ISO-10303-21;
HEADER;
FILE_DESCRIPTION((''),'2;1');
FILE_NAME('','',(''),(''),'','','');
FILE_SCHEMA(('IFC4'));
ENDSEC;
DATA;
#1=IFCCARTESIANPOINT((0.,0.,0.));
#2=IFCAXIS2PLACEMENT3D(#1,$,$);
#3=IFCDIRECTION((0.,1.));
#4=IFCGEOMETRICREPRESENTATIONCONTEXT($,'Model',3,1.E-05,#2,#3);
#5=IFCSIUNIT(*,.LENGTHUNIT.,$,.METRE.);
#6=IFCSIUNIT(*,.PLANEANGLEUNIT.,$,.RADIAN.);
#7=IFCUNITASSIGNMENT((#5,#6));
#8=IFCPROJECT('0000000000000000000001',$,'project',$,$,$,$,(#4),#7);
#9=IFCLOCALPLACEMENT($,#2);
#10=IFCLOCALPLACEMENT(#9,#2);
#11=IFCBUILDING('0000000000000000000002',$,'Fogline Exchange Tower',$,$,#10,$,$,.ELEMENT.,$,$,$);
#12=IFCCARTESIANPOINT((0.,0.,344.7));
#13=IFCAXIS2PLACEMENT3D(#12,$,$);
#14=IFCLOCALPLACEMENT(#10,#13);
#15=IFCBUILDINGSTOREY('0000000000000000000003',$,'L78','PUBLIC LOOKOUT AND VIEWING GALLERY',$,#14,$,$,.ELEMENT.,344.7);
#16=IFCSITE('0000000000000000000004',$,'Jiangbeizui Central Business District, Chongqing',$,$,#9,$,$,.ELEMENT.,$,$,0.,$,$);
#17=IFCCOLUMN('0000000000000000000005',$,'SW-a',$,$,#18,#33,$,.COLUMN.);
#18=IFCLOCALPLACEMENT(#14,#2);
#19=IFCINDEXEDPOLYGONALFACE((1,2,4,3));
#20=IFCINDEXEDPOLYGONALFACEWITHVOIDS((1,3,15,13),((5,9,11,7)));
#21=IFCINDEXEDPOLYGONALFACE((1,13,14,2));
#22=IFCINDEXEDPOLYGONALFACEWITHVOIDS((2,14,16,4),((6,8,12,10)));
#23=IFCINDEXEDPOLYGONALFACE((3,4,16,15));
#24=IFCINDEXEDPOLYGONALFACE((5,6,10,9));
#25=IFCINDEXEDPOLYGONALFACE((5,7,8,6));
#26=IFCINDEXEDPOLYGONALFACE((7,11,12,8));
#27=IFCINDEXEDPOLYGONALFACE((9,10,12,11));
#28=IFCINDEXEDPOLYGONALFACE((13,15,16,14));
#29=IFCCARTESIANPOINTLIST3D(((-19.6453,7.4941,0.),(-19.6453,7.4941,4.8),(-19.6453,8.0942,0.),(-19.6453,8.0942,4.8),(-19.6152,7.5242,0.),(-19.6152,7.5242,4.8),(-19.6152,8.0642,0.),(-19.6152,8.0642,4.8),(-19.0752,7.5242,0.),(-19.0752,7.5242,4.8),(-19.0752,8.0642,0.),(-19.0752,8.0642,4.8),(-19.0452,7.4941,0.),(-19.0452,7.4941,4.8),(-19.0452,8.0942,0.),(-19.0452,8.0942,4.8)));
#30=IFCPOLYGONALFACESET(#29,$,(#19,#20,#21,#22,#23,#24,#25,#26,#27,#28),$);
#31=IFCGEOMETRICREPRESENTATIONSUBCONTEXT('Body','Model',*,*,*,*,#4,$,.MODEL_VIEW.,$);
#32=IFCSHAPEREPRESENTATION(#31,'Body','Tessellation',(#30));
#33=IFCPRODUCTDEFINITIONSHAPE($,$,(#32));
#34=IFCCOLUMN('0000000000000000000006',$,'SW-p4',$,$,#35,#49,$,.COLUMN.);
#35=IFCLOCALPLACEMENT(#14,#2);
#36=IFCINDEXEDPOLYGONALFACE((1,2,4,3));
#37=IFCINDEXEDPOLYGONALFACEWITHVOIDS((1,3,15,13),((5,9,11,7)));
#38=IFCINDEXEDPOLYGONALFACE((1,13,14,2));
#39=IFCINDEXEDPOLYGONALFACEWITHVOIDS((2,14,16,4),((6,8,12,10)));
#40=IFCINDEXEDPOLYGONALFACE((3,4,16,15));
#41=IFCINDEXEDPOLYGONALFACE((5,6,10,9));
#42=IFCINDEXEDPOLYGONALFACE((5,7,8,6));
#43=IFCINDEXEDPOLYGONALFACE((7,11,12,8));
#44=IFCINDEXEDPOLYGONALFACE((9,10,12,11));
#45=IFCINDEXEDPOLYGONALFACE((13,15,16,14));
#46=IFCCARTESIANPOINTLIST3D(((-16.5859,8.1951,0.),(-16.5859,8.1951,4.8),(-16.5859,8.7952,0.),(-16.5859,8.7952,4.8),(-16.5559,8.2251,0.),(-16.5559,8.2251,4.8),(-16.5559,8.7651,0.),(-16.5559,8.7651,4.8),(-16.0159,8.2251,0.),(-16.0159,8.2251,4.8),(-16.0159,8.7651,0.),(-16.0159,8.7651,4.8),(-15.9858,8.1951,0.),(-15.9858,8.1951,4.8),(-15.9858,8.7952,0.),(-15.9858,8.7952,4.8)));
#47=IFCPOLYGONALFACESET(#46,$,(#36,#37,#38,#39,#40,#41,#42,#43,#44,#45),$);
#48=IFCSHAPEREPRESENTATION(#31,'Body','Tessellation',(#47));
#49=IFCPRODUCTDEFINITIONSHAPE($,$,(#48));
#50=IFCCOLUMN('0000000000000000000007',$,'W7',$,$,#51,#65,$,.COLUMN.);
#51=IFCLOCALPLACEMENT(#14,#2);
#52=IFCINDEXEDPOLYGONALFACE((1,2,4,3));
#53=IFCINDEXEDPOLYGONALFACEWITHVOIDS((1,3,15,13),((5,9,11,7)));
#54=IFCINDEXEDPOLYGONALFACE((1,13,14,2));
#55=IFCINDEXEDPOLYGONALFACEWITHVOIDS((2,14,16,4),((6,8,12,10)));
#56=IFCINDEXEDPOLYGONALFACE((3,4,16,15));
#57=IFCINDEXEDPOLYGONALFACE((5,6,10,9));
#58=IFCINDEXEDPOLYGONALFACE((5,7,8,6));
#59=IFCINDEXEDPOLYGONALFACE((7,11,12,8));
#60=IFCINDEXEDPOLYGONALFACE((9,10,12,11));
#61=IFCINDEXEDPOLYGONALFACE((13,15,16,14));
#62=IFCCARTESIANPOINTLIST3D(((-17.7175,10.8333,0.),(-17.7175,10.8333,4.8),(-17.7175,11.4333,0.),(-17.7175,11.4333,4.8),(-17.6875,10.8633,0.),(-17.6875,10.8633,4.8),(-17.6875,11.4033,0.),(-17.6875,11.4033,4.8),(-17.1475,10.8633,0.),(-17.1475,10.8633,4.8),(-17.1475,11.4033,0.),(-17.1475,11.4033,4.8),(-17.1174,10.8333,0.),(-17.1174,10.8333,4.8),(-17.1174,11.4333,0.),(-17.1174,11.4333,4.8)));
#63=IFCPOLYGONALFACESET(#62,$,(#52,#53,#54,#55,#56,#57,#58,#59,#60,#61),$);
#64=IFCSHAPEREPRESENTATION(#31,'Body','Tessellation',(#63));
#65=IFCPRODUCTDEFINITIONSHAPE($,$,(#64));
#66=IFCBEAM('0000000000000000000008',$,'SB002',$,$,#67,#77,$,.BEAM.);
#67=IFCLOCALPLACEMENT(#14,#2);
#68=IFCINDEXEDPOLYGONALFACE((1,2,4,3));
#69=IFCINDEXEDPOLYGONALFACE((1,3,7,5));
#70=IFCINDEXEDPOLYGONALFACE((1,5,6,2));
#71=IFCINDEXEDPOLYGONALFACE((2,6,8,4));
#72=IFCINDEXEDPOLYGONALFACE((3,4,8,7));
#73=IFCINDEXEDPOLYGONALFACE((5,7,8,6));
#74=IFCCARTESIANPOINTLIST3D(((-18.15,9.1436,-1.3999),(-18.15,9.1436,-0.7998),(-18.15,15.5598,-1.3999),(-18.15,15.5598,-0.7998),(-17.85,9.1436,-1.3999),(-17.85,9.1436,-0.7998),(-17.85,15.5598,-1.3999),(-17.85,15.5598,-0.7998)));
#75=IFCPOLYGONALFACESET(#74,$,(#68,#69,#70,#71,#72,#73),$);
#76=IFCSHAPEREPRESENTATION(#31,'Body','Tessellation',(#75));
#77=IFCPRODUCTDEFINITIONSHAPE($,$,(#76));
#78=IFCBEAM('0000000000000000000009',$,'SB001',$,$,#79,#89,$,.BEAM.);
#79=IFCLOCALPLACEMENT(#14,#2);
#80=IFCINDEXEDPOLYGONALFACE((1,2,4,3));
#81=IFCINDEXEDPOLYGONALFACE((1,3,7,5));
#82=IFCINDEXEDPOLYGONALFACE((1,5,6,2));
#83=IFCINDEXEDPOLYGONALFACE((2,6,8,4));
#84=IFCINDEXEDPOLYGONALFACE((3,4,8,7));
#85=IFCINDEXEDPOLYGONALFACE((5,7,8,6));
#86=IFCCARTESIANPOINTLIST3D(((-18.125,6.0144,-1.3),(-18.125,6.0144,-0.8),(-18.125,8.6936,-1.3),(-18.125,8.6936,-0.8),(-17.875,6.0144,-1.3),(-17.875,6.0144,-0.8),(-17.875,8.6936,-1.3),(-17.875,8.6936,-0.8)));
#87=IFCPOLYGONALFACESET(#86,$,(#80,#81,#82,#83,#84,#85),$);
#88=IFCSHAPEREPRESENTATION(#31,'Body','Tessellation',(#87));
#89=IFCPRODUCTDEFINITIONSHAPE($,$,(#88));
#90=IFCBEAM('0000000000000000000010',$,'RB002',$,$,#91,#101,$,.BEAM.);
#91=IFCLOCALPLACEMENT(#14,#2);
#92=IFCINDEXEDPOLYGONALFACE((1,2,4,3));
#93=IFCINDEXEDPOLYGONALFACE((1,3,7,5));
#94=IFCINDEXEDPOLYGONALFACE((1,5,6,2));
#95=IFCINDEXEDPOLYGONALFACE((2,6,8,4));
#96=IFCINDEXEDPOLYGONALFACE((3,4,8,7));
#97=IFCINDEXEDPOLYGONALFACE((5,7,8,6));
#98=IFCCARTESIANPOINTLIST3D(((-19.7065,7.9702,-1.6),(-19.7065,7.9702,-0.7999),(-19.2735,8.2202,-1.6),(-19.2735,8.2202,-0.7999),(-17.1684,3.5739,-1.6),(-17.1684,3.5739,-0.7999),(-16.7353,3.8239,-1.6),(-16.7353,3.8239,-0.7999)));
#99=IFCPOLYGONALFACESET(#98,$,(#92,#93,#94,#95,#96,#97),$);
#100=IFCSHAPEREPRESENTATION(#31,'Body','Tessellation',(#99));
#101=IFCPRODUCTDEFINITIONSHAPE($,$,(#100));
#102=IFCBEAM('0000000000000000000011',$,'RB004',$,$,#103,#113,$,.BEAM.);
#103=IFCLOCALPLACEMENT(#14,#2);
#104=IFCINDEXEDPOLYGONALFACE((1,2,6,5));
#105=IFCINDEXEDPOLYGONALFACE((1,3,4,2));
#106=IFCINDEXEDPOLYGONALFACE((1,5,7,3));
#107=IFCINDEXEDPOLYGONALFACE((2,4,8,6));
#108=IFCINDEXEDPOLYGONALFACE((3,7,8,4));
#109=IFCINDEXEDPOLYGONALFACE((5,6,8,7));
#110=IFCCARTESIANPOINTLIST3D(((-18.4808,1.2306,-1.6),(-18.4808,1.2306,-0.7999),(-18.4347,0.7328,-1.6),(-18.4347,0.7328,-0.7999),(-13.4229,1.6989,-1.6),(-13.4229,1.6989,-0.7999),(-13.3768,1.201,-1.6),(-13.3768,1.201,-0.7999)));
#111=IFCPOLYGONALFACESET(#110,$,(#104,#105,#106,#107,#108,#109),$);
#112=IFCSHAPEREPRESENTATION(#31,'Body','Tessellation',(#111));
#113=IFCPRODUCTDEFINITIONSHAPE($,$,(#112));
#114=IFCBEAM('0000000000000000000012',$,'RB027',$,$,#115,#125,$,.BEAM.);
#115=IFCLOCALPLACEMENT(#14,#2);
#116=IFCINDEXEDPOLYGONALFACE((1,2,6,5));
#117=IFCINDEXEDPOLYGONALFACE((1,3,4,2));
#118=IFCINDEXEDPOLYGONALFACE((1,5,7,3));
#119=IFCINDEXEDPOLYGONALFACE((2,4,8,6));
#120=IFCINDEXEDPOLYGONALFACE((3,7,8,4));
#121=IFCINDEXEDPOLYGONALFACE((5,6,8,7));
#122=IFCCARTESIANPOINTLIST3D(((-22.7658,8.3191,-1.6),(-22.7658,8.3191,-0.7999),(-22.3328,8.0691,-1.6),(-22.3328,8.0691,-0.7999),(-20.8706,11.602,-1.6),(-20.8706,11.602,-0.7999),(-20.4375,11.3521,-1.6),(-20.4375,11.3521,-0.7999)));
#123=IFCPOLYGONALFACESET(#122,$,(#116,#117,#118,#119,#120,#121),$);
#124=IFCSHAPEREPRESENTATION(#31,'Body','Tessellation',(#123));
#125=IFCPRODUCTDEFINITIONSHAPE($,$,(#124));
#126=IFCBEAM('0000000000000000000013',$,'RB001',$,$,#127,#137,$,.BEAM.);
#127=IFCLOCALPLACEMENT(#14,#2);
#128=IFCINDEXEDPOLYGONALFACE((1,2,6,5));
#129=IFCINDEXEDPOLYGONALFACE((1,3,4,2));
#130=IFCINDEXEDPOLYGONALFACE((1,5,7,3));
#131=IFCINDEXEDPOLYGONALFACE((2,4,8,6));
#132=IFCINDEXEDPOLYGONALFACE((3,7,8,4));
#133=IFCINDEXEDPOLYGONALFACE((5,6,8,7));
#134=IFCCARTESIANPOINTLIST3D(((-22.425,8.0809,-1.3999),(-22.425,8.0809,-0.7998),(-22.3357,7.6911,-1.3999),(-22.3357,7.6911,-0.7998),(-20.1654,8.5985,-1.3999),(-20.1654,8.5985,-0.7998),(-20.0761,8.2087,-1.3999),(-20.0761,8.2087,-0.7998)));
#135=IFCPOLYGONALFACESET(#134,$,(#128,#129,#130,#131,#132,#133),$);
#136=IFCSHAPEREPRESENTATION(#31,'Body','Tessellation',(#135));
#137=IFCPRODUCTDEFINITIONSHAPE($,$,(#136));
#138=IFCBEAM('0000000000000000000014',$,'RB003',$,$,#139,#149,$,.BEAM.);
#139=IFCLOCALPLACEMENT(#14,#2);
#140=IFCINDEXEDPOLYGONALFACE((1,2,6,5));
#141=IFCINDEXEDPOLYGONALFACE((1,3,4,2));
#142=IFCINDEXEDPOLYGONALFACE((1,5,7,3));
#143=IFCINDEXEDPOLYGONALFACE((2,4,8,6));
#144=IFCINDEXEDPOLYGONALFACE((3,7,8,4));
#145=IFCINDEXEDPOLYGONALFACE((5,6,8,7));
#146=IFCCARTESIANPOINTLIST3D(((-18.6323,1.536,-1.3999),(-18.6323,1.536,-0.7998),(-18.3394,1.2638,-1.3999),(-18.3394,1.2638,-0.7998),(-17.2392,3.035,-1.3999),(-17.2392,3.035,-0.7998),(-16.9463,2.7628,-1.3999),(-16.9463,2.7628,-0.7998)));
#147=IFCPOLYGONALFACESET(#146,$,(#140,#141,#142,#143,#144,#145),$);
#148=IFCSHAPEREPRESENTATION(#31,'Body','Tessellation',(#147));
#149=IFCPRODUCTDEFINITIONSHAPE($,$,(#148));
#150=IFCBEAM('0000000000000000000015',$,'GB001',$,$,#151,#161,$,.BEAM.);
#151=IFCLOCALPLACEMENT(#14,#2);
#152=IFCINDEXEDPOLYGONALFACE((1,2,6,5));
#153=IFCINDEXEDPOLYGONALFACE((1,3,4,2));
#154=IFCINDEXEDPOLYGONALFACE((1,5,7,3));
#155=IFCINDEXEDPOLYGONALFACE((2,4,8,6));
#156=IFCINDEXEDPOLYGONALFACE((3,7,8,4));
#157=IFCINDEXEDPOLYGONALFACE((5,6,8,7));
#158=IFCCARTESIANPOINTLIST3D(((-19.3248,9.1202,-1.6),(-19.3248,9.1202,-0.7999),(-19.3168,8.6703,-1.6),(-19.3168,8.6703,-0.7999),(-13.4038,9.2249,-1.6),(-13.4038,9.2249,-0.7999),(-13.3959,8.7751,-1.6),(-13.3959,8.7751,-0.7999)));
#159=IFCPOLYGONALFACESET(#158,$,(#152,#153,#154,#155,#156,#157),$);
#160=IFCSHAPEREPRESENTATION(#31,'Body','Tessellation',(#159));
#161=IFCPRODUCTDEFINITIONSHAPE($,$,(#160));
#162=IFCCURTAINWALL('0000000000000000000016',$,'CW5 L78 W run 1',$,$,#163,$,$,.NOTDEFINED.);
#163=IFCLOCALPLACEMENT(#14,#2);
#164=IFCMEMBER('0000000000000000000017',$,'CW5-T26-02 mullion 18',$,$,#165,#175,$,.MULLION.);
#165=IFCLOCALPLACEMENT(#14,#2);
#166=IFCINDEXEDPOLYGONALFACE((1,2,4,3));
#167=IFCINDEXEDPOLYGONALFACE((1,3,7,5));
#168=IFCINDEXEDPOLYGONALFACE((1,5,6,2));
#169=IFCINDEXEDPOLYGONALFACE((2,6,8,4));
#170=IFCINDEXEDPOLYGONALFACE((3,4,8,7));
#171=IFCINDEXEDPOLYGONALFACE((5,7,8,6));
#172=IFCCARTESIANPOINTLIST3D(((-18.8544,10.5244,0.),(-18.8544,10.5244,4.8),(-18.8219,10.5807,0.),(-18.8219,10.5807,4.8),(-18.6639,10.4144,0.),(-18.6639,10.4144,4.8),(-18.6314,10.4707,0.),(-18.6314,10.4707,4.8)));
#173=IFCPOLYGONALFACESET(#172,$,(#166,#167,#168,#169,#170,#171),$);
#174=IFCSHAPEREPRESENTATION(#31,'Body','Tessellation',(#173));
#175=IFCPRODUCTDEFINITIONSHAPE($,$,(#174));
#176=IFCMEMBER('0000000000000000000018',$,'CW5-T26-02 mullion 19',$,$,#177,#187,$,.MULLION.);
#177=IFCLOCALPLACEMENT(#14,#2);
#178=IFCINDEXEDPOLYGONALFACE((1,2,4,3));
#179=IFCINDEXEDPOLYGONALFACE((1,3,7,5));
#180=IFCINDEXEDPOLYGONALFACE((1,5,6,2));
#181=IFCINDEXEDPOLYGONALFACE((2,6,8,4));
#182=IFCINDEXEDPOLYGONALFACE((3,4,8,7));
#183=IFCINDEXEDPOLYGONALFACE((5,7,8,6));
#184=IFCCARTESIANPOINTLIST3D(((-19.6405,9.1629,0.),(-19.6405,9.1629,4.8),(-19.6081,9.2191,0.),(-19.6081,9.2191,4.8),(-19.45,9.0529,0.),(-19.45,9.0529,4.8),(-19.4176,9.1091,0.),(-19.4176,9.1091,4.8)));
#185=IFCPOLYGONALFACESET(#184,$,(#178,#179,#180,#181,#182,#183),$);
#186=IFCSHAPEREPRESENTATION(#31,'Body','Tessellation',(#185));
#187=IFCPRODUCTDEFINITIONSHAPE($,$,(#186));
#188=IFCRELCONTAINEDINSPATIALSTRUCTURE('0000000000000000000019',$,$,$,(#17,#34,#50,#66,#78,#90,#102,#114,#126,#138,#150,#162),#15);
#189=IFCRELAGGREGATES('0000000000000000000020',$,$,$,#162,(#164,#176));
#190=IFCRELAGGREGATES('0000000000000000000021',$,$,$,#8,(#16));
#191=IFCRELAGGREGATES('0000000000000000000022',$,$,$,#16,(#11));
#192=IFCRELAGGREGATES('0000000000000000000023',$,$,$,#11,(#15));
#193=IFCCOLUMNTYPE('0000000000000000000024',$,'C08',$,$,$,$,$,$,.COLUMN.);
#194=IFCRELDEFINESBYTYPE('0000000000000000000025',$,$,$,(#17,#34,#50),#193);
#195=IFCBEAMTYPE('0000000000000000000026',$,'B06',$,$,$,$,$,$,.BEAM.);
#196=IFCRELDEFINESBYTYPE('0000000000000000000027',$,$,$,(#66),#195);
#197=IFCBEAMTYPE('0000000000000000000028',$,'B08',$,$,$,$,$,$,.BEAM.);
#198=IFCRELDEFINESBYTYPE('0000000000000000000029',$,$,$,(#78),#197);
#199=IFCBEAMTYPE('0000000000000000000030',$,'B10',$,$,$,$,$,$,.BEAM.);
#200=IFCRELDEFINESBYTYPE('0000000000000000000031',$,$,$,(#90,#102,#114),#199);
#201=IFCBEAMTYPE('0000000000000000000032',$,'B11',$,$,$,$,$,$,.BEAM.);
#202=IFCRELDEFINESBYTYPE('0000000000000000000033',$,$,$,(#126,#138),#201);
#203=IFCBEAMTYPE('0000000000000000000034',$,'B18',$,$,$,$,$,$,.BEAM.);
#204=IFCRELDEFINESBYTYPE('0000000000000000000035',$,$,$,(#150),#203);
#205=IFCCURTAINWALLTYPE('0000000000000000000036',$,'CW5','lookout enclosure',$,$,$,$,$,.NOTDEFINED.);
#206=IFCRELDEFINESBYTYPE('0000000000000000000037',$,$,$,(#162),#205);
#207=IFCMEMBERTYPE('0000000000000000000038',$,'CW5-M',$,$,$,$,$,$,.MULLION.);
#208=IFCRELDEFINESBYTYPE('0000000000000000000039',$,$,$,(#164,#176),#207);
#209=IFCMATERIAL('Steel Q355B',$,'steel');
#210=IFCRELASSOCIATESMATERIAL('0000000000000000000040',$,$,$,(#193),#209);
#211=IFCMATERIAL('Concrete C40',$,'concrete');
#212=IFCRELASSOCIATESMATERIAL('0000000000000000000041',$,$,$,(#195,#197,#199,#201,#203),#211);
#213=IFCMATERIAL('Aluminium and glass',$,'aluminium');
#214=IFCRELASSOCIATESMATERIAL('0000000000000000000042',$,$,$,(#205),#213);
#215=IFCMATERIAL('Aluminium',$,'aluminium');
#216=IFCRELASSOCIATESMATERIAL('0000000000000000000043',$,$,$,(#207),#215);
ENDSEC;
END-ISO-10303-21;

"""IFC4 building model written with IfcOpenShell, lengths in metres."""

from ifc_helpers import new_model, si_unit, direction, frame, origin, origin_2d, place, context, subcontext, project, spatial, rectangle, hollow_rectangle, extrude, material, material_profile, profile_set, type_object, element, aggregate, save


model = new_model("IFC4")

# Units and contexts
model_context = context("Model", 3, precision=1e-05, world=origin(), true_north=direction((0.0, 1.0)))
body_context = subcontext(model_context, "Body", "Model", "MODEL_VIEW")
ifc_project = project(units=[si_unit("LENGTHUNIT", "METRE"), si_unit("PLANEANGLEUNIT", "RADIAN")], contexts=[model_context])

# Site, building, storey
site_placement = place(None, origin())
site = spatial("IfcSite", under=ifc_project, at=site_placement, Name="Jiangbeizui Central Business District, Chongqing", CompositionType="ELEMENT", RefElevation=0.0)
building_placement = place(site_placement, origin())
building = spatial("IfcBuilding", under=site, at=building_placement, Name="Fogline Exchange Tower", CompositionType="ELEMENT")
storey_placement = place(building_placement, frame((0.0, 0.0, 344.7)))
storey = spatial("IfcBuildingStorey", under=building, at=storey_placement, Name="L78", Description="PUBLIC LOOKOUT AND VIEWING GALLERY", CompositionType="ELEMENT", Elevation=344.7)

# Columns
ifc_material_1 = material(Name="Steel Q355B", Category="steel")
ifc_material_profile_1 = material_profile(ifc_material_1, hollow_rectangle(XDim=0.6001, YDim=0.6001, WallThickness=0.03, at=origin_2d()), Name="BOX600X600X30")
ifc_profile_set_1 = profile_set([ifc_material_profile_1], Name="Steel Q355B")
column_type = type_object("IfcColumnType", Name="C08", PredefinedType="COLUMN", material=ifc_profile_set_1)
for number, where, z_axis, x_axis, name in (
    (1, (-19.3452, 7.7942, 0.0), (0.0, 0.0, 1.0), (1.0, 0.0, 0.0), "SW-a"),
    (2, (-16.2859, 8.4951, 0.0), (0.0, 0.0, 1.0), (1.0, 0.0, 0.0), "SW-p4"),
    (3, (-17.4175, 11.1333, 0.0), (0.0, 0.0, 1.0), (1.0, 0.0, 0.0), "W7"),
):
    element("IfcColumn", number, at=place(storey_placement, frame(where, z_axis=z_axis, x_axis=x_axis)), inside=storey, type_object=column_type, Name=name, PredefinedType="COLUMN", context=body_context, shape_type="SweptSolid", body=[
        extrude(hollow_rectangle(XDim=0.6001, YDim=0.6001, WallThickness=0.03, at=origin_2d()), origin(), (0.0, 0.0, 1.0), 4.8),
    ])

# Beams
ifc_material_2 = material(Name="Concrete C40", Category="concrete")
ifc_material_profile_2 = material_profile(ifc_material_2, rectangle(XDim=0.3, YDim=0.6001, at=origin_2d()), Name="RC 300x600")
ifc_profile_set_2 = profile_set([ifc_material_profile_2], Name="Concrete C40")
beam_type_1 = type_object("IfcBeamType", Name="B06", PredefinedType="BEAM", material=ifc_profile_set_2)
beam_1_placement = place(storey_placement, frame((-18.0, 9.1436, -1.0999), z_axis=(0.0, 1.0, 0.0), x_axis=(-1.0, 0.0, 0.0)))
element("IfcBeam", 4, at=beam_1_placement, inside=storey, type_object=beam_type_1, Name="SB002", PredefinedType="BEAM", context=body_context, shape_type="SweptSolid", body=[
    extrude(rectangle(XDim=0.3, YDim=0.6001, at=origin_2d()), origin(), (0.0, 0.0, 1.0), 6.4163),
])
ifc_material_profile_3 = material_profile(ifc_material_2, rectangle(XDim=0.25, YDim=0.5, at=origin_2d()), Name="RC 250x500")
ifc_profile_set_3 = profile_set([ifc_material_profile_3], Name="Concrete C40")
beam_type_2 = type_object("IfcBeamType", Name="B08", PredefinedType="BEAM", material=ifc_profile_set_3)
beam_2_placement = place(storey_placement, frame((-18.0, 6.0144, -1.05), z_axis=(0.0, 1.0, 0.0), x_axis=(-1.0, 0.0, 0.0)))
element("IfcBeam", 5, at=beam_2_placement, inside=storey, type_object=beam_type_2, Name="SB001", PredefinedType="BEAM", context=body_context, shape_type="SweptSolid", body=[
    extrude(rectangle(XDim=0.25, YDim=0.5, at=origin_2d()), origin(), (0.0, 0.0, 1.0), 2.6792),
])
ifc_material_profile_4 = material_profile(ifc_material_2, rectangle(XDim=0.5, YDim=0.8, at=origin_2d()), Name="RC 500x800")
ifc_profile_set_4 = profile_set([ifc_material_profile_4], Name="Concrete C40")
beam_type_3 = type_object("IfcBeamType", Name="B10", PredefinedType="BEAM", material=ifc_profile_set_4)
beam_3_placement = place(storey_placement, frame((-19.49, 8.0952, -1.2), z_axis=(0.499988, -0.866033, 0.0), x_axis=(0.866033, 0.499988, 0.0)))
element("IfcBeam", 6, at=beam_3_placement, inside=storey, type_object=beam_type_3, Name="RB002", PredefinedType="BEAM", context=body_context, shape_type="SweptSolid", body=[
    extrude(rectangle(XDim=0.5, YDim=0.8, at=origin_2d()), origin(), (0.0, 0.0, 1.0), 5.0764),
])
beam_4_placement = place(storey_placement, frame((-18.4578, 0.9817, -1.2), z_axis=(0.995742, 0.092187, 0.0), x_axis=(-0.092187, 0.995742, 0.0)))
element("IfcBeam", 7, at=beam_4_placement, inside=storey, type_object=beam_type_3, Name="RB004", PredefinedType="BEAM", context=body_context, shape_type="SweptSolid", body=[
    extrude(rectangle(XDim=0.5, YDim=0.8, at=origin_2d()), origin(), (0.0, 0.0, 1.0), 5.0796),
])
beam_5_placement = place(storey_placement, frame((-20.6541, 11.4771, -1.2), z_axis=(-0.49997, -0.866043, 0.0), x_axis=(0.866043, -0.49997, 0.0)))
element("IfcBeam", 8, at=beam_5_placement, inside=storey, type_object=beam_type_3, Name="RB027", PredefinedType="BEAM", context=body_context, shape_type="SweptSolid", body=[
    extrude(rectangle(XDim=0.5, YDim=0.8, at=origin_2d()), origin(), (0.0, 0.0, 1.0), 3.7908),
])
ifc_material_profile_5 = material_profile(ifc_material_2, rectangle(XDim=0.3999, YDim=0.6001, at=origin_2d()), Name="RC 400x600")
ifc_profile_set_5 = profile_set([ifc_material_profile_5], Name="Concrete C40")
beam_type_4 = type_object("IfcBeamType", Name="B11", PredefinedType="BEAM", material=ifc_profile_set_5)
beam_6_placement = place(storey_placement, frame((-22.3804, 7.886, -1.0999), z_axis=(0.974754, 0.223282, 0.0), x_axis=(-0.223282, 0.974754, 0.0)))
element("IfcBeam", 9, at=beam_6_placement, inside=storey, type_object=beam_type_4, Name="RB001", PredefinedType="BEAM", context=body_context, shape_type="SweptSolid", body=[
    extrude(rectangle(XDim=0.3999, YDim=0.6001, at=origin_2d()), origin(), (0.0, 0.0, 1.0), 2.3181),
])
beam_7_placement = place(storey_placement, frame((-17.0928, 2.8989, -1.0999), z_axis=(-0.680744, -0.732521, 0.0), x_axis=(0.732521, -0.680744, 0.0)))
element("IfcBeam", 10, at=beam_7_placement, inside=storey, type_object=beam_type_4, Name="RB003", PredefinedType="BEAM", context=body_context, shape_type="SweptSolid", body=[
    extrude(rectangle(XDim=0.3999, YDim=0.6001, at=origin_2d()), origin(), (0.0, 0.0, 1.0), 2.0464),
])
ifc_material_profile_6 = material_profile(ifc_material_2, rectangle(XDim=0.45, YDim=0.8, at=origin_2d()), Name="RC 450x800")
ifc_profile_set_6 = profile_set([ifc_material_profile_6], Name="Concrete C40")
beam_type_5 = type_object("IfcBeamType", Name="B18", PredefinedType="BEAM", material=ifc_profile_set_6)
beam_8_placement = place(storey_placement, frame((-19.3208, 8.8953, -1.2), z_axis=(0.999844, 0.017686, 0.0), x_axis=(-0.017686, 0.999844, 0.0)))
element("IfcBeam", 11, at=beam_8_placement, inside=storey, type_object=beam_type_5, Name="GB001", PredefinedType="BEAM", context=body_context, shape_type="SweptSolid", body=[
    extrude(rectangle(XDim=0.45, YDim=0.8, at=origin_2d()), origin(), (0.0, 0.0, 1.0), 5.9219),
])

# Curtain wall, members
ifc_material_3 = material(Name="Aluminium and glass", Category="aluminium")
curtain_wall_type = type_object("IfcCurtainWallType", Name="CW5", Description="lookout enclosure", PredefinedType="NOTDEFINED", material=ifc_material_3)
curtain_wall_placement = place(storey_placement, origin())
curtain_wall = element("IfcCurtainWall", 12, at=curtain_wall_placement, inside=storey, type_object=curtain_wall_type, Name="CW5 L78 W run 1", PredefinedType="NOTDEFINED")
ifc_material_4 = material(Name="Aluminium", Category="aluminium")
ifc_material_profile_7 = material_profile(ifc_material_4, rectangle(XDim=0.22, YDim=0.0649, at=origin_2d()), Name="Mullion 65x220")
ifc_profile_set_7 = profile_set([ifc_material_profile_7], Name="Aluminium")
member_type_1 = type_object("IfcMemberType", Name="CW5-M", PredefinedType="MULLION", material=ifc_profile_set_7)
member_1_placement = place(storey_placement, frame((-18.7429, 10.4976, 0.0), z_axis=(0.0, 0.0, 1.0), x_axis=(0.866025, -0.5, 0.0)))
member_1 = element("IfcMember", 13, at=member_1_placement, type_object=member_type_1, Name="CW5-T26-02 mullion 18", PredefinedType="MULLION", context=body_context, shape_type="SweptSolid", body=[
    extrude(rectangle(XDim=0.22, YDim=0.0649, at=origin_2d()), origin(), (0.0, 0.0, 1.0), 4.8),
])
member_2_placement = place(storey_placement, frame((-19.5291, 9.136, 0.0), z_axis=(0.0, 0.0, 1.0), x_axis=(0.866025, -0.5, 0.0)))
member_2 = element("IfcMember", 14, at=member_2_placement, type_object=member_type_1, Name="CW5-T26-02 mullion 19", PredefinedType="MULLION", context=body_context, shape_type="SweptSolid", body=[
    extrude(rectangle(XDim=0.22, YDim=0.0649, at=origin_2d()), origin(), (0.0, 0.0, 1.0), 4.8),
])
aggregate(curtain_wall, [member_1, member_2])

save(model, "model.ifc")
